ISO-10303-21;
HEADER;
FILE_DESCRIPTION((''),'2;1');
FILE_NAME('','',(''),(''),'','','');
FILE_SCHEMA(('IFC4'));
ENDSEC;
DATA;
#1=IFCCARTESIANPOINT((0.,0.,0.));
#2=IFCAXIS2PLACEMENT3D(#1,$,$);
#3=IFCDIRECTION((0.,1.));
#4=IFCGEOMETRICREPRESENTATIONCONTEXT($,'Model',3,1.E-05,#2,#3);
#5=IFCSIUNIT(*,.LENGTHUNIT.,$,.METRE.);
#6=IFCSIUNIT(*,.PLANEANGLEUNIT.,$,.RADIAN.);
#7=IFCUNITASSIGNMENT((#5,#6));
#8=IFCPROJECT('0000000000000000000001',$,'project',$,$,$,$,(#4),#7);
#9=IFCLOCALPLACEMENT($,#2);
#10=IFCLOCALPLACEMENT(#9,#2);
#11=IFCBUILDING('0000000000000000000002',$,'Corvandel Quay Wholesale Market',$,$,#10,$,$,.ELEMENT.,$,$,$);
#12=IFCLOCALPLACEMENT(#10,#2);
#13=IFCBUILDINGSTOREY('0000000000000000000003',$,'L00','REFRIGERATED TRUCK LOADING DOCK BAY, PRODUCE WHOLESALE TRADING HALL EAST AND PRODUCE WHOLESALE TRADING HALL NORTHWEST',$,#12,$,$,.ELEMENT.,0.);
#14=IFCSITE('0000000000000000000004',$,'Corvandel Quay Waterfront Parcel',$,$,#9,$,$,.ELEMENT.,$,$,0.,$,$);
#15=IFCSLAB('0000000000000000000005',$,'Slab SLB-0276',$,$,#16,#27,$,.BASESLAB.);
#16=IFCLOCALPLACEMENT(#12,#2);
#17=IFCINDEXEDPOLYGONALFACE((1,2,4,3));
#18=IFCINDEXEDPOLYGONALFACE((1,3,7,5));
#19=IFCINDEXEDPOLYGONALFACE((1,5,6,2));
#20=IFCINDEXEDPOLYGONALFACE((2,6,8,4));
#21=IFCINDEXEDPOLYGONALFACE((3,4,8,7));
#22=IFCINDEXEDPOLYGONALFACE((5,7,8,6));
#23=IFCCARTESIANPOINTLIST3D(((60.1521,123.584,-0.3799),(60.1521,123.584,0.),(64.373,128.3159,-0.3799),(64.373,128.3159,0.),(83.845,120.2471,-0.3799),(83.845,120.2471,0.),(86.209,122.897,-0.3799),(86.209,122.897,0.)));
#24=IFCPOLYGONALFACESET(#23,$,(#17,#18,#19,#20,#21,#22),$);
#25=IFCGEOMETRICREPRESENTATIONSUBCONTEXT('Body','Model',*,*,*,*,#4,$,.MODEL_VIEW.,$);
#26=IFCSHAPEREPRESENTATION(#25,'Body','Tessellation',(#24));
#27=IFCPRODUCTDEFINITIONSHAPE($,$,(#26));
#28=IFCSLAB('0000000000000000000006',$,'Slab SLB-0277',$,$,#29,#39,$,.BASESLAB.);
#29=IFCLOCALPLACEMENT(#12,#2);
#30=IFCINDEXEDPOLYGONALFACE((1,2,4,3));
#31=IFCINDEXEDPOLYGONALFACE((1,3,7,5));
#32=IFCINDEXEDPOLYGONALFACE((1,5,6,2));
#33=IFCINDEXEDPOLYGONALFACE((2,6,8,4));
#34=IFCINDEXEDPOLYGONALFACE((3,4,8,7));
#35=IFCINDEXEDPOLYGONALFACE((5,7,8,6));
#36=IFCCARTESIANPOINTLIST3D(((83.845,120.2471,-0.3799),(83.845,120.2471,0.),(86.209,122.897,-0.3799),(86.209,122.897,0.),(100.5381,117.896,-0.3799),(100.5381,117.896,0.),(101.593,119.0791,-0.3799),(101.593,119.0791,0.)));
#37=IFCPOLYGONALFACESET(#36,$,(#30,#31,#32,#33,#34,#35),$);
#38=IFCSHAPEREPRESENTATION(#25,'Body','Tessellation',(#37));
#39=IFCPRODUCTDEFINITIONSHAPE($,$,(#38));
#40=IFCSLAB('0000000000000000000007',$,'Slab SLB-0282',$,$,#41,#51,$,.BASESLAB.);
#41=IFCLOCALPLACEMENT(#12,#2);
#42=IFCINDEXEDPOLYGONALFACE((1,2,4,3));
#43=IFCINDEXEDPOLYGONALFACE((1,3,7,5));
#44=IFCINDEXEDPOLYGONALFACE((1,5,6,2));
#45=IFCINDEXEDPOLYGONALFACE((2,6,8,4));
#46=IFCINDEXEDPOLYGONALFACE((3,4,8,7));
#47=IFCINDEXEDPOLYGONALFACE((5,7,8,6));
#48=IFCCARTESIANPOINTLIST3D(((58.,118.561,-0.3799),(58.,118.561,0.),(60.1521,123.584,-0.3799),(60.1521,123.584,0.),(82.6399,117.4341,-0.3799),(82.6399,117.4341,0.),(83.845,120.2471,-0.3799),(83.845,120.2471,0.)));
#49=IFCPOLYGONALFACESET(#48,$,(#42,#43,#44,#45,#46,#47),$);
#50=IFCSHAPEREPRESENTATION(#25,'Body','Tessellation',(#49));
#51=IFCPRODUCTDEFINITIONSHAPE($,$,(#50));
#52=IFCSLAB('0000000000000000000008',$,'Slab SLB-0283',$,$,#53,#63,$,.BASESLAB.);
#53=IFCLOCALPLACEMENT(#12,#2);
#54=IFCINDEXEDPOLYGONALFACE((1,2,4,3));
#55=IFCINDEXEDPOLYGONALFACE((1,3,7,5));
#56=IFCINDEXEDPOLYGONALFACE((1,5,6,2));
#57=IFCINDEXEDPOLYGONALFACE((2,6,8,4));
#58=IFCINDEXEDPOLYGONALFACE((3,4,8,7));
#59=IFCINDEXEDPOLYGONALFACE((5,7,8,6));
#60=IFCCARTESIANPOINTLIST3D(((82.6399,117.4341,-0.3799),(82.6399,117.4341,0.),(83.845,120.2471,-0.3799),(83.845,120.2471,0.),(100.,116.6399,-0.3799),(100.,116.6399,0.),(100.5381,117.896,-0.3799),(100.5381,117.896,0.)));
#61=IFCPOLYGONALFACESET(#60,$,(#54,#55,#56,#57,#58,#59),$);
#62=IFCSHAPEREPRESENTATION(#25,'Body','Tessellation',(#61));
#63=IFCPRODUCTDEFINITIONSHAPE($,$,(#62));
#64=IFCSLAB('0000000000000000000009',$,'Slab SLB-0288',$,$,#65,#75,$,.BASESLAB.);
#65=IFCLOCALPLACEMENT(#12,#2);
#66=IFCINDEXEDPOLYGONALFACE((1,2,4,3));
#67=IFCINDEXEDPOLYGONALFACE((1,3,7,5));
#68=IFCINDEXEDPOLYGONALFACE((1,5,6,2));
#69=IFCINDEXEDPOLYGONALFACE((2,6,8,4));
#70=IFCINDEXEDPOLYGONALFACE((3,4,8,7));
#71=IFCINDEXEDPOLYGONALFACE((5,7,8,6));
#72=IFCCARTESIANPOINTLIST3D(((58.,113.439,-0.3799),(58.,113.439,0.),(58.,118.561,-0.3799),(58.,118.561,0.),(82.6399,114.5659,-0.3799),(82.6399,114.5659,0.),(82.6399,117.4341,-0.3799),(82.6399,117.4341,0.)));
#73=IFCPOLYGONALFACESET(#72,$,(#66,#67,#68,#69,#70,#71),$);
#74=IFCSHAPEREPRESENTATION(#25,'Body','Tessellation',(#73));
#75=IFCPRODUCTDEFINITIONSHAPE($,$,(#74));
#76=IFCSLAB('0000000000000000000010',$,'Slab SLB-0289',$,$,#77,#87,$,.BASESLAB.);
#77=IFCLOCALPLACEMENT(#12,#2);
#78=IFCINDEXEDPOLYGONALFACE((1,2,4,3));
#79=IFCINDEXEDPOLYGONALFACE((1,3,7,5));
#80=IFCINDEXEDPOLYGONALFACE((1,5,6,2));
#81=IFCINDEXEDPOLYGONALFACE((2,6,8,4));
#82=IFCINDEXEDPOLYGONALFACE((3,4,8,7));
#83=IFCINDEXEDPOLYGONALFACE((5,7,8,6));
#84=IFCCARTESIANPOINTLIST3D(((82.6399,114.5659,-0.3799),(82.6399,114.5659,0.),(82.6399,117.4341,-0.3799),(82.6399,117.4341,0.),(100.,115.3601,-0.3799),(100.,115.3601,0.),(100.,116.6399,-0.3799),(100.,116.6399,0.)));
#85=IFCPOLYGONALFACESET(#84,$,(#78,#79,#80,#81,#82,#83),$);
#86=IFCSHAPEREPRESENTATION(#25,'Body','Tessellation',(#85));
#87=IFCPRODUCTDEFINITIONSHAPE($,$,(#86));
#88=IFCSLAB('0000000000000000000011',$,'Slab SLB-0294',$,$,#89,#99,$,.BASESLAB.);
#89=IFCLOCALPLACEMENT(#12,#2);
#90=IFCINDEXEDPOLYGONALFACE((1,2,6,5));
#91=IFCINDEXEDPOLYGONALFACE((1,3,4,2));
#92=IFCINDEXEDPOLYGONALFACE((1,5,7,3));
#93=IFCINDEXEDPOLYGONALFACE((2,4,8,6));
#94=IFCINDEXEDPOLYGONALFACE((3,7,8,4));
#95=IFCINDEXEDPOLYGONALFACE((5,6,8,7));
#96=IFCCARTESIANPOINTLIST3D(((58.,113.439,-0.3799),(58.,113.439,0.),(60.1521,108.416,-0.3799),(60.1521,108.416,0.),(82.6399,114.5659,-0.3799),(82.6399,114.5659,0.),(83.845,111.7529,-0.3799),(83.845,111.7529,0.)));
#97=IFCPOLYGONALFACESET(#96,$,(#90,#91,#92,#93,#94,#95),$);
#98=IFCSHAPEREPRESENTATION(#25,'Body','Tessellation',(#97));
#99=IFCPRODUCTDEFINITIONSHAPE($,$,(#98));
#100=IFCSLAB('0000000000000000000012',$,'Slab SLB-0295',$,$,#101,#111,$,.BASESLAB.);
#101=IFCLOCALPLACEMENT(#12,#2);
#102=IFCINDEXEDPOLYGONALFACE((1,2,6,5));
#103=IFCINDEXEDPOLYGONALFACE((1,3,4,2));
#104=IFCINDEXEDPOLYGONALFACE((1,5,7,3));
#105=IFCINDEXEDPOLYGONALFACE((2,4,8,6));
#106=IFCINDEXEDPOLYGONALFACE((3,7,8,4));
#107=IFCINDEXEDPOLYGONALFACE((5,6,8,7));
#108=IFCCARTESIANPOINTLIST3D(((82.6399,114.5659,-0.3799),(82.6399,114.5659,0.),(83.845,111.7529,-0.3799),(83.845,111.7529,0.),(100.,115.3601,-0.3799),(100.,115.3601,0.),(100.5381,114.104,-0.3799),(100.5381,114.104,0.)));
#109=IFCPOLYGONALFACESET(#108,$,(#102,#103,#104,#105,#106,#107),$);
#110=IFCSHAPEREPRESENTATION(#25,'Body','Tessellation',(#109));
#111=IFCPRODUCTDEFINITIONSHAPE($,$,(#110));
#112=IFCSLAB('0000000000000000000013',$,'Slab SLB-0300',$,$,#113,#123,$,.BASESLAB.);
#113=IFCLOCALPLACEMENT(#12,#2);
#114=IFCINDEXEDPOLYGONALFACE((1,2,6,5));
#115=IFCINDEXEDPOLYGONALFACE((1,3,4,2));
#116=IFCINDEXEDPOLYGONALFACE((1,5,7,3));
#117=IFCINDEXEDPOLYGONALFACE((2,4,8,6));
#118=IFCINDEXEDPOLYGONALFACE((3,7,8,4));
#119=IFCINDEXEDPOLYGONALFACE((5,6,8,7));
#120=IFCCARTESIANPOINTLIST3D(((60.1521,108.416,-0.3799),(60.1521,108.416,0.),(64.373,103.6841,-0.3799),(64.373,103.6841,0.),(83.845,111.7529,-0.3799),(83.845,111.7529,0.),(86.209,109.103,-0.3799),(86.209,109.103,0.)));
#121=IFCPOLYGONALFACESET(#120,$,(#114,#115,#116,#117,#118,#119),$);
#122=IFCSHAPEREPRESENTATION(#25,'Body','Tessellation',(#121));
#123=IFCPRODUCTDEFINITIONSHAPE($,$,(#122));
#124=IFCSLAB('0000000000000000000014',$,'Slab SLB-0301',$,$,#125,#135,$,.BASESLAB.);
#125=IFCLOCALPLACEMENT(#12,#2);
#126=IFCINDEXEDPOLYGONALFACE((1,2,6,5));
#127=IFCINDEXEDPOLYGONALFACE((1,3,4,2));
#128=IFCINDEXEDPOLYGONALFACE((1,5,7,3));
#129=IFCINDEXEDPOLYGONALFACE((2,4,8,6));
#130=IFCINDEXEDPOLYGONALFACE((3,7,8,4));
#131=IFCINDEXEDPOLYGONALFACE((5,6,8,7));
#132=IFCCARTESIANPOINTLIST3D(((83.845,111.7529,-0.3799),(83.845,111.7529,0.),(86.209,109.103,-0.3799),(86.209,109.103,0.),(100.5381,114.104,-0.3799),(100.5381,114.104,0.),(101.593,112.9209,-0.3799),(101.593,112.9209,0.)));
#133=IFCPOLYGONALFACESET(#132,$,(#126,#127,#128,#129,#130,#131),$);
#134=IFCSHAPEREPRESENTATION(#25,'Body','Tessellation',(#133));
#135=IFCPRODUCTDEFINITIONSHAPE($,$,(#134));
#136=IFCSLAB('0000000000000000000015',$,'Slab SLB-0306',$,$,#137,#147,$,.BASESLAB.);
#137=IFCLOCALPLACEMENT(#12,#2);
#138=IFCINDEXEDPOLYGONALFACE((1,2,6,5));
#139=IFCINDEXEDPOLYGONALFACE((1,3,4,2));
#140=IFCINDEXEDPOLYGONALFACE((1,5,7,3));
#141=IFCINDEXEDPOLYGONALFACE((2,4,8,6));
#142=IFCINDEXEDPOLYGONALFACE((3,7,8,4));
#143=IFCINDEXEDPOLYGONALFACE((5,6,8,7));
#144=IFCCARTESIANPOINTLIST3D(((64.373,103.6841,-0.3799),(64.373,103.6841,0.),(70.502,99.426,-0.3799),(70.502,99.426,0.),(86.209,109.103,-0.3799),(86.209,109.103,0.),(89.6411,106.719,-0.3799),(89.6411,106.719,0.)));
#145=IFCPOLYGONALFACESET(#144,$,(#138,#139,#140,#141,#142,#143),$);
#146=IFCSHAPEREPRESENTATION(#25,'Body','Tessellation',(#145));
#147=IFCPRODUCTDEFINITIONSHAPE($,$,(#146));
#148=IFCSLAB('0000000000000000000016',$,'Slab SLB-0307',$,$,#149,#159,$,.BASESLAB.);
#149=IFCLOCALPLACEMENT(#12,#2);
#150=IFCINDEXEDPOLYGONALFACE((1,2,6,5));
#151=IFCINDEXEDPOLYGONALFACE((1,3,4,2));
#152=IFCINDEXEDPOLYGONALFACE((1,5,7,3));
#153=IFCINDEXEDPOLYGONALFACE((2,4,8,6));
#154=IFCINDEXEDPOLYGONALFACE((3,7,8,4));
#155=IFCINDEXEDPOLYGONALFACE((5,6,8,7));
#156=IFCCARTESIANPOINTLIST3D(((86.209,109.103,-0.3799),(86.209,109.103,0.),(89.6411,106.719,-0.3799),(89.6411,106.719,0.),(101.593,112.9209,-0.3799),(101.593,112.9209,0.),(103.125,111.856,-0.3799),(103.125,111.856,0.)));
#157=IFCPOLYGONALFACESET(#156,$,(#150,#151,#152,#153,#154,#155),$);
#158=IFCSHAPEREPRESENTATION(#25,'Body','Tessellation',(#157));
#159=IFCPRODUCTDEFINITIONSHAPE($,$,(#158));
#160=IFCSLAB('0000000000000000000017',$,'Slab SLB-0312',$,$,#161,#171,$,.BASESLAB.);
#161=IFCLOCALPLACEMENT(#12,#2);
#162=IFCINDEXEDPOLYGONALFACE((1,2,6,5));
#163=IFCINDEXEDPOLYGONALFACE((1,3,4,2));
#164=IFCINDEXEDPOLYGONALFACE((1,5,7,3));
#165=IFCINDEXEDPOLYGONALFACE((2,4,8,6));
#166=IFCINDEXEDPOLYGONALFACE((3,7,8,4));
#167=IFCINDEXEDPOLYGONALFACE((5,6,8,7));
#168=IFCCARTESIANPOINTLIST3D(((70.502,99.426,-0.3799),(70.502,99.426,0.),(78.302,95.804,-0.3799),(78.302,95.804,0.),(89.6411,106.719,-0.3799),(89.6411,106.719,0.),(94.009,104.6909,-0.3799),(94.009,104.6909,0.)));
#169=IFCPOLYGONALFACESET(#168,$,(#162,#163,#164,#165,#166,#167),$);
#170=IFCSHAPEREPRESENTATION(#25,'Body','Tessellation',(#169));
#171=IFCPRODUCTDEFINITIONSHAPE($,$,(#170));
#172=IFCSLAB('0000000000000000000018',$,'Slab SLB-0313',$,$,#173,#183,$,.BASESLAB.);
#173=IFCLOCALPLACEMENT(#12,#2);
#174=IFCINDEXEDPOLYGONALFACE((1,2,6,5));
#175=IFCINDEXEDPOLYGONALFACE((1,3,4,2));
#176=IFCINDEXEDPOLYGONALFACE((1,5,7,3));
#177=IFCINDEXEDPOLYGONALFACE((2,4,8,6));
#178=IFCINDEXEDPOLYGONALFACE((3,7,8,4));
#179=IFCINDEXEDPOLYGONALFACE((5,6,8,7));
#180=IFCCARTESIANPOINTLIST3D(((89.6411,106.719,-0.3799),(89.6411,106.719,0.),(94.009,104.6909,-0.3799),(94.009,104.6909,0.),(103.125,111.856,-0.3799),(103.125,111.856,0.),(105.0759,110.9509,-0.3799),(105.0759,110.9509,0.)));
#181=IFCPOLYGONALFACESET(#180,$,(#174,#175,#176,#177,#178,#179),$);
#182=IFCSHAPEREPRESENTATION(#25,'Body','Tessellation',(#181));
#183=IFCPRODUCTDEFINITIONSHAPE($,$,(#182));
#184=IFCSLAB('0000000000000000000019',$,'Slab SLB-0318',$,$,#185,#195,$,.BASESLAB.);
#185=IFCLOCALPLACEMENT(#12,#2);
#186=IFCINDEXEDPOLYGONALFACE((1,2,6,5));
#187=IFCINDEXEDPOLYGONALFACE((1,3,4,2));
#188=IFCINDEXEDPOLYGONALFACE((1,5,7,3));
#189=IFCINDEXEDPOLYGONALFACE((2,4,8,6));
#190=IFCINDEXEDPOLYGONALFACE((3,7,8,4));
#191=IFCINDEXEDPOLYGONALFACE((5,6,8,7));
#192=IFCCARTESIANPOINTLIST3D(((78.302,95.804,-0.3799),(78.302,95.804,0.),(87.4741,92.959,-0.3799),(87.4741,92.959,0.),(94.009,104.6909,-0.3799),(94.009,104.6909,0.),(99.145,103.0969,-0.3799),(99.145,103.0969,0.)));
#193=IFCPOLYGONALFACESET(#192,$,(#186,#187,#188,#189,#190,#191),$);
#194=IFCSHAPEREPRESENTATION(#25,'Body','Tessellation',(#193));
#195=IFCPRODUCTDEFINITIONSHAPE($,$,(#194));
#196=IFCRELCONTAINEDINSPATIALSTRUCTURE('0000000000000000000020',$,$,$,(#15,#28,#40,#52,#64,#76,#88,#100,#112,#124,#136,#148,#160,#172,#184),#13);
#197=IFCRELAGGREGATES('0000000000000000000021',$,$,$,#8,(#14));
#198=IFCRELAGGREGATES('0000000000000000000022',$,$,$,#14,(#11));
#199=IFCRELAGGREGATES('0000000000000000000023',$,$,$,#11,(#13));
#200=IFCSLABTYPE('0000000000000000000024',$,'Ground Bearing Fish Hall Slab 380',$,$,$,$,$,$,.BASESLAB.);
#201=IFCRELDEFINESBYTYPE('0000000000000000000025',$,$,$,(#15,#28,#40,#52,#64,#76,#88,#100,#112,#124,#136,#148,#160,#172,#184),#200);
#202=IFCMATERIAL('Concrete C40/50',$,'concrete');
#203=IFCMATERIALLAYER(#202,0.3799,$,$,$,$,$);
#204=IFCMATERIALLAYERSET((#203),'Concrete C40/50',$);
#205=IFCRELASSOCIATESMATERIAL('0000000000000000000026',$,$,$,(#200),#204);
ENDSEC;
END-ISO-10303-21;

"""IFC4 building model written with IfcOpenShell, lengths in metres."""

from ifc_helpers import new_model, si_unit, direction, frame, origin, place, context, subcontext, project, spatial, polyline, outline, extrude, material, layer, layer_set, type_object, element, save


model = new_model("IFC4")

# Units and contexts
model_context = context("Model", 3, precision=1e-05, world=origin(), true_north=direction((0.0, 1.0)))
body_context = subcontext(model_context, "Body", "Model", "MODEL_VIEW")
ifc_project = project(units=[si_unit("LENGTHUNIT", "METRE"), si_unit("PLANEANGLEUNIT", "RADIAN")], contexts=[model_context])

# Site, building, storey
site_placement = place(None, origin())
site = spatial("IfcSite", under=ifc_project, at=site_placement, Name="Corvandel Quay Waterfront Parcel", CompositionType="ELEMENT", RefElevation=0.0)
building_placement = place(site_placement, origin())
building = spatial("IfcBuilding", under=site, at=building_placement, Name="Corvandel Quay Wholesale Market", CompositionType="ELEMENT")
storey_placement = place(building_placement, origin())
storey = spatial("IfcBuildingStorey", under=building, at=storey_placement, Name="L00", Description="REFRIGERATED TRUCK LOADING DOCK BAY, PRODUCE WHOLESALE TRADING HALL EAST AND PRODUCE WHOLESALE TRADING HALL NORTHWEST", CompositionType="ELEMENT", Elevation=0.0)

# Slabs
ifc_material = material(Name="Concrete C40/50", Category="concrete")
ifc_layer = layer(ifc_material, 0.3799)
ifc_layer_set = layer_set([ifc_layer], Name="Concrete C40/50")
slab_type = type_object("IfcSlabType", Name="Ground Bearing Fish Hall Slab 380", PredefinedType="BASESLAB", material=ifc_layer_set)
slab_1_placement = place(storey_placement, frame((0.0, 0.0, -0.3799)))
element("IfcSlab", 1, at=slab_1_placement, inside=storey, type_object=slab_type, Name="Slab SLB-0276", PredefinedType="BASESLAB", context=body_context, shape_type="SweptSolid", body=[
    extrude(outline(polyline([(64.373, 128.3159), (60.1521, 123.584), (83.845, 120.2471), (86.209, 122.897), (64.373, 128.3159)])), origin(), (0.0, 0.0, 1.0), 0.3799),
])
slab_2_placement = place(storey_placement, frame((0.0, 0.0, -0.3799)))
element("IfcSlab", 2, at=slab_2_placement, inside=storey, type_object=slab_type, Name="Slab SLB-0277", PredefinedType="BASESLAB", context=body_context, shape_type="SweptSolid", body=[
    extrude(outline(polyline([(86.209, 122.897), (83.845, 120.2471), (100.5381, 117.896), (101.593, 119.0791), (86.209, 122.897)])), origin(), (0.0, 0.0, 1.0), 0.3799),
])
slab_3_placement = place(storey_placement, frame((0.0, 0.0, -0.3799)))
element("IfcSlab", 3, at=slab_3_placement, inside=storey, type_object=slab_type, Name="Slab SLB-0282", PredefinedType="BASESLAB", context=body_context, shape_type="SweptSolid", body=[
    extrude(outline(polyline([(60.1521, 123.584), (58.0, 118.561), (82.6399, 117.4341), (83.845, 120.2471), (60.1521, 123.584)])), origin(), (0.0, 0.0, 1.0), 0.3799),
])
slab_4_placement = place(storey_placement, frame((0.0, 0.0, -0.3799)))
element("IfcSlab", 4, at=slab_4_placement, inside=storey, type_object=slab_type, Name="Slab SLB-0283", PredefinedType="BASESLAB", context=body_context, shape_type="SweptSolid", body=[
    extrude(outline(polyline([(83.845, 120.2471), (82.6399, 117.4341), (100.0, 116.6399), (100.5381, 117.896), (83.845, 120.2471)])), origin(), (0.0, 0.0, 1.0), 0.3799),
])
slab_5_placement = place(storey_placement, frame((0.0, 0.0, -0.3799)))
element("IfcSlab", 5, at=slab_5_placement, inside=storey, type_object=slab_type, Name="Slab SLB-0288", PredefinedType="BASESLAB", context=body_context, shape_type="SweptSolid", body=[
    extrude(outline(polyline([(58.0, 118.561), (58.0, 113.439), (82.6399, 114.5659), (82.6399, 117.4341), (58.0, 118.561)])), origin(), (0.0, 0.0, 1.0), 0.3799),
])
slab_6_placement = place(storey_placement, frame((0.0, 0.0, -0.3799)))
element("IfcSlab", 6, at=slab_6_placement, inside=storey, type_object=slab_type, Name="Slab SLB-0289", PredefinedType="BASESLAB", context=body_context, shape_type="SweptSolid", body=[
    extrude(outline(polyline([(82.6399, 117.4341), (82.6399, 114.5659), (100.0, 115.3601), (100.0, 116.6399), (82.6399, 117.4341)])), origin(), (0.0, 0.0, 1.0), 0.3799),
])
slab_7_placement = place(storey_placement, frame((0.0, 0.0, -0.3799)))
element("IfcSlab", 7, at=slab_7_placement, inside=storey, type_object=slab_type, Name="Slab SLB-0294", PredefinedType="BASESLAB", context=body_context, shape_type="SweptSolid", body=[
    extrude(outline(polyline([(58.0, 113.439), (60.1521, 108.416), (83.845, 111.7529), (82.6399, 114.5659), (58.0, 113.439)])), origin(), (0.0, 0.0, 1.0), 0.3799),
])
slab_8_placement = place(storey_placement, frame((0.0, 0.0, -0.3799)))
element("IfcSlab", 8, at=slab_8_placement, inside=storey, type_object=slab_type, Name="Slab SLB-0295", PredefinedType="BASESLAB", context=body_context, shape_type="SweptSolid", body=[
    extrude(outline(polyline([(82.6399, 114.5659), (83.845, 111.7529), (100.5381, 114.104), (100.0, 115.3601), (82.6399, 114.5659)])), origin(), (0.0, 0.0, 1.0), 0.3799),
])
slab_9_placement = place(storey_placement, frame((0.0, 0.0, -0.3799)))
element("IfcSlab", 9, at=slab_9_placement, inside=storey, type_object=slab_type, Name="Slab SLB-0300", PredefinedType="BASESLAB", context=body_context, shape_type="SweptSolid", body=[
    extrude(outline(polyline([(60.1521, 108.416), (64.373, 103.6841), (86.209, 109.103), (83.845, 111.7529), (60.1521, 108.416)])), origin(), (0.0, 0.0, 1.0), 0.3799),
])
slab_10_placement = place(storey_placement, frame((0.0, 0.0, -0.3799)))
element("IfcSlab", 10, at=slab_10_placement, inside=storey, type_object=slab_type, Name="Slab SLB-0301", PredefinedType="BASESLAB", context=body_context, shape_type="SweptSolid", body=[
    extrude(outline(polyline([(83.845, 111.7529), (86.209, 109.103), (101.593, 112.9209), (100.5381, 114.104), (83.845, 111.7529)])), origin(), (0.0, 0.0, 1.0), 0.3799),
])
slab_11_placement = place(storey_placement, frame((0.0, 0.0, -0.3799)))
element("IfcSlab", 11, at=slab_11_placement, inside=storey, type_object=slab_type, Name="Slab SLB-0306", PredefinedType="BASESLAB", context=body_context, shape_type="SweptSolid", body=[
    extrude(outline(polyline([(64.373, 103.6841), (70.502, 99.426), (89.6411, 106.719), (86.209, 109.103), (64.373, 103.6841)])), origin(), (0.0, 0.0, 1.0), 0.3799),
])
slab_12_placement = place(storey_placement, frame((0.0, 0.0, -0.3799)))
element("IfcSlab", 12, at=slab_12_placement, inside=storey, type_object=slab_type, Name="Slab SLB-0307", PredefinedType="BASESLAB", context=body_context, shape_type="SweptSolid", body=[
    extrude(outline(polyline([(86.209, 109.103), (89.6411, 106.719), (103.125, 111.856), (101.593, 112.9209), (86.209, 109.103)])), origin(), (0.0, 0.0, 1.0), 0.3799),
])
slab_13_placement = place(storey_placement, frame((0.0, 0.0, -0.3799)))
element("IfcSlab", 13, at=slab_13_placement, inside=storey, type_object=slab_type, Name="Slab SLB-0312", PredefinedType="BASESLAB", context=body_context, shape_type="SweptSolid", body=[
    extrude(outline(polyline([(70.502, 99.426), (78.302, 95.804), (94.009, 104.6909), (89.6411, 106.719), (70.502, 99.426)])), origin(), (0.0, 0.0, 1.0), 0.3799),
])
slab_14_placement = place(storey_placement, frame((0.0, 0.0, -0.3799)))
element("IfcSlab", 14, at=slab_14_placement, inside=storey, type_object=slab_type, Name="Slab SLB-0313", PredefinedType="BASESLAB", context=body_context, shape_type="SweptSolid", body=[
    extrude(outline(polyline([(89.6411, 106.719), (94.009, 104.6909), (105.0759, 110.9509), (103.125, 111.856), (89.6411, 106.719)])), origin(), (0.0, 0.0, 1.0), 0.3799),
])
slab_15_placement = place(storey_placement, frame((0.0, 0.0, -0.3799)))
element("IfcSlab", 15, at=slab_15_placement, inside=storey, type_object=slab_type, Name="Slab SLB-0318", PredefinedType="BASESLAB", context=body_context, shape_type="SweptSolid", body=[
    extrude(outline(polyline([(78.302, 95.804), (87.4741, 92.959), (99.145, 103.0969), (94.009, 104.6909), (78.302, 95.804)])), origin(), (0.0, 0.0, 1.0), 0.3799),
])

save(model, "model.ifc")
